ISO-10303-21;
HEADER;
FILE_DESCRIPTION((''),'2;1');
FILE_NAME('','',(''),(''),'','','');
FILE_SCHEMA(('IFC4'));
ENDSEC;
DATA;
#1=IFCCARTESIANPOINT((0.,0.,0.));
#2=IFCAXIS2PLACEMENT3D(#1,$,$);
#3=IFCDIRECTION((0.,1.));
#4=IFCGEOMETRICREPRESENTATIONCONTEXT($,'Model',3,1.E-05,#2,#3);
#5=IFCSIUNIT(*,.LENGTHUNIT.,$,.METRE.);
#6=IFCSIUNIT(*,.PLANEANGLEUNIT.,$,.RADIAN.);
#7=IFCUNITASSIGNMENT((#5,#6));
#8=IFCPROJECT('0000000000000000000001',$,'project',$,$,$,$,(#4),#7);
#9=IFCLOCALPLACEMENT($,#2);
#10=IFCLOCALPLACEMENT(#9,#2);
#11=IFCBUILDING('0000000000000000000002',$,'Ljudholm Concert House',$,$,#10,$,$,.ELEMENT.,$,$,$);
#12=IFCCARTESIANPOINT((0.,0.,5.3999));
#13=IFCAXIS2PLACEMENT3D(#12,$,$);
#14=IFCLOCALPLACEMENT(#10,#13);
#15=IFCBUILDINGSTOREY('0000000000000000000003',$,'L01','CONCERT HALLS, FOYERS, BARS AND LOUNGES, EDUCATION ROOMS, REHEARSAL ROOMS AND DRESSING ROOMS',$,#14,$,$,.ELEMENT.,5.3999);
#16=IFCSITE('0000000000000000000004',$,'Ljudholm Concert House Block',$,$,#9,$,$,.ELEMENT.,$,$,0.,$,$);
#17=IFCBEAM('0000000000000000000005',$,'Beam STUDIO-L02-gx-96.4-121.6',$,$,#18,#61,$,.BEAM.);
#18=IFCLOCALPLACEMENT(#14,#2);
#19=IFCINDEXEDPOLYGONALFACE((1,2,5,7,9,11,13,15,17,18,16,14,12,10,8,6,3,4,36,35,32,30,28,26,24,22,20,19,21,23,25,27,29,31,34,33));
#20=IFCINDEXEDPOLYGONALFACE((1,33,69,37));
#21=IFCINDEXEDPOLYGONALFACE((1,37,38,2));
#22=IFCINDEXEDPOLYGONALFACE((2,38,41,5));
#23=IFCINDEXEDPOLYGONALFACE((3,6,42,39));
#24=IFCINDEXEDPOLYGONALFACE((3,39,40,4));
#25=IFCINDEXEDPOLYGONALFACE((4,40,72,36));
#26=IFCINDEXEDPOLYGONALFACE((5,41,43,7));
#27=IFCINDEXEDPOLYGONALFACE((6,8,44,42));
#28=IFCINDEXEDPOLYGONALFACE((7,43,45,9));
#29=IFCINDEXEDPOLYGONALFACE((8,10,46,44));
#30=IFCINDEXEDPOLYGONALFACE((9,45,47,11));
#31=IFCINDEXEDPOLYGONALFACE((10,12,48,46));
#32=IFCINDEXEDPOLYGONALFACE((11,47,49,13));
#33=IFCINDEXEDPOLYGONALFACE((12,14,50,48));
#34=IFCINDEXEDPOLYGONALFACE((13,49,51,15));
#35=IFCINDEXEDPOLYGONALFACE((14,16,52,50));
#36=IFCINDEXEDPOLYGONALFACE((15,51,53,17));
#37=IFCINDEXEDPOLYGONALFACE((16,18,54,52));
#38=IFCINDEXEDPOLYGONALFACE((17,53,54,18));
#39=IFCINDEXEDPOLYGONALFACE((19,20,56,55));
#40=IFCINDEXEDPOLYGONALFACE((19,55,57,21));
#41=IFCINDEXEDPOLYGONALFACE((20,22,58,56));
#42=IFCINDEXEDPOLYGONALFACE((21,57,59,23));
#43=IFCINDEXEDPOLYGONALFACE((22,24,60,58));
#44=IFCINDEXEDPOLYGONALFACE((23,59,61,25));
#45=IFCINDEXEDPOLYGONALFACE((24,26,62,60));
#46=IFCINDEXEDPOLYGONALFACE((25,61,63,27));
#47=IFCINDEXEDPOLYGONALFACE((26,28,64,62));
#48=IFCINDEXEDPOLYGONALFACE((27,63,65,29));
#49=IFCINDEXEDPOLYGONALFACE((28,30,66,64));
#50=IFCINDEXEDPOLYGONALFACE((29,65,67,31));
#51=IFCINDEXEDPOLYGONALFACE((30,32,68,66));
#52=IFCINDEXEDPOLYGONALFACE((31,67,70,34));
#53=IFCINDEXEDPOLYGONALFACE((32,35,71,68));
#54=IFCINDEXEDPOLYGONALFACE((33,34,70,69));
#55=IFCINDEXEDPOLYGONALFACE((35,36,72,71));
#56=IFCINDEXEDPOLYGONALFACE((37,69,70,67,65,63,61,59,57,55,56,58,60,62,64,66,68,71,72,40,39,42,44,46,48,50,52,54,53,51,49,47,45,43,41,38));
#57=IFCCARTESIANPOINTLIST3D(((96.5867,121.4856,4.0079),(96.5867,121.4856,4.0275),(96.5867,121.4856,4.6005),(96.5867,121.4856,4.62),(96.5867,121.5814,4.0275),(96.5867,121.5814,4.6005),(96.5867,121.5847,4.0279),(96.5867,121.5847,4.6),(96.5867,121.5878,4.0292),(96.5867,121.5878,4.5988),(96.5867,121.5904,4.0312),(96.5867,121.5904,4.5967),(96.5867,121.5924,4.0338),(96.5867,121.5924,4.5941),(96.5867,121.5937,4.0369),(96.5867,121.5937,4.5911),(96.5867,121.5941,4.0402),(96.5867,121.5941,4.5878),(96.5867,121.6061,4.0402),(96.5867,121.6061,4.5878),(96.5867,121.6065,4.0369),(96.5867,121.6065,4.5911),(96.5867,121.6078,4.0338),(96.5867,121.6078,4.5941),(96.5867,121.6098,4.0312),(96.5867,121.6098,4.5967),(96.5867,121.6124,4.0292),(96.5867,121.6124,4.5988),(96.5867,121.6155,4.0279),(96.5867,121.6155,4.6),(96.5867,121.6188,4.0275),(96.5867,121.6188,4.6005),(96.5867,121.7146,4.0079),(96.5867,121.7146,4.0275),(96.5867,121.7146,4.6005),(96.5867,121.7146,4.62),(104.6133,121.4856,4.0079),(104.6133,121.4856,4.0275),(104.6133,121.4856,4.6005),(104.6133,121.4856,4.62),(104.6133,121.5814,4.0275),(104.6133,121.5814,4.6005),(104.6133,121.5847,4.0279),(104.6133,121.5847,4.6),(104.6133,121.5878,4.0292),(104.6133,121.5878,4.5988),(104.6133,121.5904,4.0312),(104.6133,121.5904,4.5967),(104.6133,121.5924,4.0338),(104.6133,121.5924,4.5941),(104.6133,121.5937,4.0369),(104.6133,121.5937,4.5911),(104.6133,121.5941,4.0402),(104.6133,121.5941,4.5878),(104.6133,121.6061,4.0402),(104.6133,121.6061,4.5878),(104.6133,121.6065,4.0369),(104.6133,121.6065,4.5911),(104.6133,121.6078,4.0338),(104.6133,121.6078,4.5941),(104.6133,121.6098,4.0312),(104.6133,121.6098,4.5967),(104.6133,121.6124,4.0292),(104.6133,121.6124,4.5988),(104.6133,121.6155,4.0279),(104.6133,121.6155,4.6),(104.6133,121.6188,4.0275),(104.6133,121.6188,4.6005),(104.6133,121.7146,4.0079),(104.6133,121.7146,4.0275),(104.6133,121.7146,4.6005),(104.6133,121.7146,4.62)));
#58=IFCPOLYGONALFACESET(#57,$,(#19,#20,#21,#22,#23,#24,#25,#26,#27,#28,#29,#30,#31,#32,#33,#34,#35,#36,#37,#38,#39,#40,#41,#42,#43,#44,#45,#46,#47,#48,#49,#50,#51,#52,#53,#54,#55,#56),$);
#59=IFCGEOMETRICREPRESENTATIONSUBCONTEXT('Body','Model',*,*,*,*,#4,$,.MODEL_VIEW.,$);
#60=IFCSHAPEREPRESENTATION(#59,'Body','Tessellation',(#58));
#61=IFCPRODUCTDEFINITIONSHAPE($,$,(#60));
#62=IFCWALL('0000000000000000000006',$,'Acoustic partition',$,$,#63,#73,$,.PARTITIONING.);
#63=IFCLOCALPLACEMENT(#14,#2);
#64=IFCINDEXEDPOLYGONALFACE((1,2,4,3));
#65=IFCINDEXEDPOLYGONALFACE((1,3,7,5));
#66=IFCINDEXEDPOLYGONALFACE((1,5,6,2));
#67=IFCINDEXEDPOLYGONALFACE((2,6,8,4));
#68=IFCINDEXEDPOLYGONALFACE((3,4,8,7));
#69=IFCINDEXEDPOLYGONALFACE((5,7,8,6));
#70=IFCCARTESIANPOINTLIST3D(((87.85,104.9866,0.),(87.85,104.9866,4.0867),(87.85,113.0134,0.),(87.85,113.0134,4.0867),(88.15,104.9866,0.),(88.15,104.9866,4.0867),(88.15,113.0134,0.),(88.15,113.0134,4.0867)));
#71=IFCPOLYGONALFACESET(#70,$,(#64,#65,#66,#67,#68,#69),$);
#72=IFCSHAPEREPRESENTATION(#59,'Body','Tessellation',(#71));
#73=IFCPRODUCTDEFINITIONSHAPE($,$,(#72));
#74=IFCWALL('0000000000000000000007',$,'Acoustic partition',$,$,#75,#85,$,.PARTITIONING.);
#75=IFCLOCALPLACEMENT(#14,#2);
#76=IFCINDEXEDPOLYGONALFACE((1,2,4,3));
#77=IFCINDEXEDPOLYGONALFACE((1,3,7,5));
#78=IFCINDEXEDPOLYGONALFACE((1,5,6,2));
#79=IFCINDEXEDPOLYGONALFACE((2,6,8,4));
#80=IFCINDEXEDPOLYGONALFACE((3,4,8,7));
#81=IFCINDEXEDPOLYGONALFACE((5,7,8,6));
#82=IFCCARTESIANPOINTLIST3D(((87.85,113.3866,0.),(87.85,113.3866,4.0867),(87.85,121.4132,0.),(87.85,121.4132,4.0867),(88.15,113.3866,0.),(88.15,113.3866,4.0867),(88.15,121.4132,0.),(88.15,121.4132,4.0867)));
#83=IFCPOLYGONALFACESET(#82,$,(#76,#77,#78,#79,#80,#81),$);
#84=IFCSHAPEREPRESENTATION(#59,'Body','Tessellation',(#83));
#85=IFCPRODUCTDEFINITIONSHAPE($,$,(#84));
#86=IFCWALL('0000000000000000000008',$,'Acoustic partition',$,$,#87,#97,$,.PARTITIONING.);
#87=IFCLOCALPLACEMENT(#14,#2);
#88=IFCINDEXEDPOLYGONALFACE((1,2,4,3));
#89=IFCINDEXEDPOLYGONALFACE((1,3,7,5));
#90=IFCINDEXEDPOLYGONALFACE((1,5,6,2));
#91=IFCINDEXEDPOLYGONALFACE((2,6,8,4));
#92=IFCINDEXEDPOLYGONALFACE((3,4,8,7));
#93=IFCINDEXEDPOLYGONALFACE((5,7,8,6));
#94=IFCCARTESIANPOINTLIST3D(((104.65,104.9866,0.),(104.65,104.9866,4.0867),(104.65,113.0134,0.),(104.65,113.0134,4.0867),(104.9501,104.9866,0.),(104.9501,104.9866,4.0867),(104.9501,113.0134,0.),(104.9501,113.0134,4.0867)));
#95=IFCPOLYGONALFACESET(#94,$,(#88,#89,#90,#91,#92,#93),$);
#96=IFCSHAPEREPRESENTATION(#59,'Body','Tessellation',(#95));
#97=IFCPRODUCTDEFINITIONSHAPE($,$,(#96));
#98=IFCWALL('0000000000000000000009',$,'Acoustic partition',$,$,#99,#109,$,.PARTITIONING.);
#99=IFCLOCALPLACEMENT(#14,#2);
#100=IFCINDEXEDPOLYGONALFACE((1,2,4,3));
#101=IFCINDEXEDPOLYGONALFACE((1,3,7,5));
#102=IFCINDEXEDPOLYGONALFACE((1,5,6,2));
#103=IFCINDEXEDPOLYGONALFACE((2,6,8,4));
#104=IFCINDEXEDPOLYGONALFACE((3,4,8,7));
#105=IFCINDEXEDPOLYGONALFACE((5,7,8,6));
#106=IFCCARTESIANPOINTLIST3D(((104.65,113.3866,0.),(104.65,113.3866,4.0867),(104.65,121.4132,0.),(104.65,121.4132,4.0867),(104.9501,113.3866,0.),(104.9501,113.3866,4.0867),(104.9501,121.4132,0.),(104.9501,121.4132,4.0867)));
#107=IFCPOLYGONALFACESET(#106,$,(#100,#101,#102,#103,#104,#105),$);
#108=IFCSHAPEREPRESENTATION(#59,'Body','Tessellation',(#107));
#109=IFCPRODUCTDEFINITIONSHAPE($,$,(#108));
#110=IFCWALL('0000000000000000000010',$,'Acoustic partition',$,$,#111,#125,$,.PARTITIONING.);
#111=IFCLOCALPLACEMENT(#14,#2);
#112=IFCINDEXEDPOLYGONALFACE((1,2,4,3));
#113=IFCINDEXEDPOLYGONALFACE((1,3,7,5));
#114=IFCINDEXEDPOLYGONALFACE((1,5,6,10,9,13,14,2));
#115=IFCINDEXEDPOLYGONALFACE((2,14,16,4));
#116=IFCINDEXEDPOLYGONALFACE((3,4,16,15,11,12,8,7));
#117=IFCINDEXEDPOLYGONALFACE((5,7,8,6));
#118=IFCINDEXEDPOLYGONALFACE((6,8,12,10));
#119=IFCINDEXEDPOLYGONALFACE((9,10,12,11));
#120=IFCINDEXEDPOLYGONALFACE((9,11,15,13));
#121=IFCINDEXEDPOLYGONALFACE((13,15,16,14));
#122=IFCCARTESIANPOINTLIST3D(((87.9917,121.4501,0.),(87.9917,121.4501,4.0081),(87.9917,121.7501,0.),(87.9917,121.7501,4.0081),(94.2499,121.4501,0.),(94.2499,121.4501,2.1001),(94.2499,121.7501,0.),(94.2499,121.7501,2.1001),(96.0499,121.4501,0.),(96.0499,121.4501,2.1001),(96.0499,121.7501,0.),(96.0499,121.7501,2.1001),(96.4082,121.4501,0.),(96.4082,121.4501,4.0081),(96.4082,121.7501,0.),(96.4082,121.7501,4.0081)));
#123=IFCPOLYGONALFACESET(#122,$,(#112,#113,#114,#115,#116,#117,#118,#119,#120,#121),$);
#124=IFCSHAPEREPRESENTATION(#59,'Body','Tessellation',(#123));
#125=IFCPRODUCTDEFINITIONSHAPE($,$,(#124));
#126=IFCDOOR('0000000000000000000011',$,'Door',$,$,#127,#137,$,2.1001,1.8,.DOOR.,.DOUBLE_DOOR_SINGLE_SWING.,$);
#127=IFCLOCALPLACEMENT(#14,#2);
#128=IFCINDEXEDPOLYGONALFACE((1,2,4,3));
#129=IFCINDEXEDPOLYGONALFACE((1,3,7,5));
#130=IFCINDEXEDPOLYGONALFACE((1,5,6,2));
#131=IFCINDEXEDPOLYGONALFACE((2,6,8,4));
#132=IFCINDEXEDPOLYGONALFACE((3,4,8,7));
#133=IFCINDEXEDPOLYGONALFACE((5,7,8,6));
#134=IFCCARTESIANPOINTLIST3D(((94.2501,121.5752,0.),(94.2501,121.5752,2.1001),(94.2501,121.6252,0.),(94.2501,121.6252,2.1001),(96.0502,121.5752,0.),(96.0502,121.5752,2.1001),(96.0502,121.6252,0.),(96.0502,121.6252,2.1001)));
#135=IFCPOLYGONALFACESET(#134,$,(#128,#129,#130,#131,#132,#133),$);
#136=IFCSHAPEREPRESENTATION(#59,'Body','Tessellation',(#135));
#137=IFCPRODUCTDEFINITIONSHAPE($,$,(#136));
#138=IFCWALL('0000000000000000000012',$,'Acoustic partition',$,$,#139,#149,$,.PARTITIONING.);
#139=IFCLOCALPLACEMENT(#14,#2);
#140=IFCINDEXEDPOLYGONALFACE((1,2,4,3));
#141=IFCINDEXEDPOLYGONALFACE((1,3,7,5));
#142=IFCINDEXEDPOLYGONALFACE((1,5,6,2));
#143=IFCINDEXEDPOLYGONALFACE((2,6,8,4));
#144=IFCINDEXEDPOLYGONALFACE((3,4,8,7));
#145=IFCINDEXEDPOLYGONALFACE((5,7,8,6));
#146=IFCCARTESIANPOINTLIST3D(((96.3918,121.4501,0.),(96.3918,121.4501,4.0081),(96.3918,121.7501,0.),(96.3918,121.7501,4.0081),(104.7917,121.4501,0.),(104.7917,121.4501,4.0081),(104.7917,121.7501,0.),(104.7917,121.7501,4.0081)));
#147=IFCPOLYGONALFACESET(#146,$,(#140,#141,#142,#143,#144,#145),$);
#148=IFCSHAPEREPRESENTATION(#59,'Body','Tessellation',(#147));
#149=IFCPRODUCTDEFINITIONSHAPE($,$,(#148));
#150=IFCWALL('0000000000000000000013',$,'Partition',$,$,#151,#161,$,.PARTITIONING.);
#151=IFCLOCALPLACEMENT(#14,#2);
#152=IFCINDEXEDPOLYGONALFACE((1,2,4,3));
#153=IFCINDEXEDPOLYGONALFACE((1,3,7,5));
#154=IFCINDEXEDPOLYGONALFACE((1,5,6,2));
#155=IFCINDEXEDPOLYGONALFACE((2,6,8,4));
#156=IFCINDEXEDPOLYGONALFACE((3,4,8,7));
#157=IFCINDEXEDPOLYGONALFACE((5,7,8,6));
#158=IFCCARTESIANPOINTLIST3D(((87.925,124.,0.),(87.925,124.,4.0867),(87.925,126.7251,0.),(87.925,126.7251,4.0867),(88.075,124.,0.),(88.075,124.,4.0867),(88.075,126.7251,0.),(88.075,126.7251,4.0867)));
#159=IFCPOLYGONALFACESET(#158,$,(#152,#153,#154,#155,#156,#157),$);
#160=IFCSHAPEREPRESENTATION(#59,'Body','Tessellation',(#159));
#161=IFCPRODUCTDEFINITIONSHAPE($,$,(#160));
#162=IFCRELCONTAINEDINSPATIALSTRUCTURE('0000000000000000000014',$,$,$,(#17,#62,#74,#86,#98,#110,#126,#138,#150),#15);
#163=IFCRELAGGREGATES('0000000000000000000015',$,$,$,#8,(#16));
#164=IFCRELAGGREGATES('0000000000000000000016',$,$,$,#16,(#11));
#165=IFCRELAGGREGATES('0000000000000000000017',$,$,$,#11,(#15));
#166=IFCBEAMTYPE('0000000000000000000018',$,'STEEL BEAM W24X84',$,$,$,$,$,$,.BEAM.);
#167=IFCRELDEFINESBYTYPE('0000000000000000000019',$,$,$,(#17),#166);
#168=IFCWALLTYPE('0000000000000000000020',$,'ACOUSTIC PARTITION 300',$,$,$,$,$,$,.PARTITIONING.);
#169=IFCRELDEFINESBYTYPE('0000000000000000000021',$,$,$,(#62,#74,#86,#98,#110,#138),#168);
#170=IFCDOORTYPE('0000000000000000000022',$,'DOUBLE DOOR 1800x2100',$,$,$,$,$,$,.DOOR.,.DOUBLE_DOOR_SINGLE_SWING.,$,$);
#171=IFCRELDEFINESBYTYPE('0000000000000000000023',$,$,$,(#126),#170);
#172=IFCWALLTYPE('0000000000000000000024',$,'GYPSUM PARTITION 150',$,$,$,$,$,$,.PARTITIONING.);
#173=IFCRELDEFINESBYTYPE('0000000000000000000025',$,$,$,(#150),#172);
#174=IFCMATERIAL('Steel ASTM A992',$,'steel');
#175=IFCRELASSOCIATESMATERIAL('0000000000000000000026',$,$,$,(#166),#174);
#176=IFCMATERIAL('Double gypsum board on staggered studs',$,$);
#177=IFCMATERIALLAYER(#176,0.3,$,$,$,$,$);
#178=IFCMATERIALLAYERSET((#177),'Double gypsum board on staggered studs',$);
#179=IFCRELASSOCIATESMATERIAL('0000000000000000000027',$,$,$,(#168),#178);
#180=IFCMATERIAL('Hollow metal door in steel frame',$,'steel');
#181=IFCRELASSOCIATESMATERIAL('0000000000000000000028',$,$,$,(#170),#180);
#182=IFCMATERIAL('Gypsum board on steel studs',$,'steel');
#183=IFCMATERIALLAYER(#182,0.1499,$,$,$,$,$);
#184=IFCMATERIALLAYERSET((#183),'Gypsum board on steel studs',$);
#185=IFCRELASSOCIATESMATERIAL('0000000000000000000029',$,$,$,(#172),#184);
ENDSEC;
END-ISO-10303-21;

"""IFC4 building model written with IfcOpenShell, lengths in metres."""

from ifc_helpers import new_model, si_unit, direction, frame, frame_2d, origin, origin_2d, place, context, subcontext, project, spatial, rectangle, i_section, extrude, material, layer, layer_set, material_profile, profile_set, type_object, element, fill, save


model = new_model("IFC4")

# Units and contexts
model_context = context("Model", 3, precision=1e-05, world=origin(), true_north=direction((0.0, 1.0)))
body_context = subcontext(model_context, "Body", "Model", "MODEL_VIEW")
ifc_project = project(units=[si_unit("LENGTHUNIT", "METRE"), si_unit("PLANEANGLEUNIT", "RADIAN")], contexts=[model_context])

# Site, building, storey
site_placement = place(None, origin())
site = spatial("IfcSite", under=ifc_project, at=site_placement, Name="Ljudholm Concert House Block", CompositionType="ELEMENT", RefElevation=0.0)
building_placement = place(site_placement, origin())
building = spatial("IfcBuilding", under=site, at=building_placement, Name="Ljudholm Concert House", CompositionType="ELEMENT")
storey_placement = place(building_placement, frame((0.0, 0.0, 5.3999)))
storey = spatial("IfcBuildingStorey", under=building, at=storey_placement, Name="L01", Description="CONCERT HALLS, FOYERS, BARS AND LOUNGES, EDUCATION ROOMS, REHEARSAL ROOMS AND DRESSING ROOMS", CompositionType="ELEMENT", Elevation=5.3999)

# Beam
ifc_material_1 = material(Name="Steel ASTM A992", Category="steel")
ifc_material_profile_1 = material_profile(ifc_material_1, i_section(OverallWidth=0.229, OverallDepth=0.6121, WebThickness=0.012, FlangeThickness=0.0195, FilletRadius=0.0127, at=origin_2d()), Name="W24X84")
ifc_profile_set_1 = profile_set([ifc_material_profile_1], Name="Steel ASTM A992")
beam_type_1 = type_object("IfcBeamType", Name="STEEL BEAM W24X84", PredefinedType="BEAM", material=ifc_profile_set_1)
for number, where, z_axis, x_axis, name in (
    (1, (96.5867, 121.6001, 4.314), (1.0, 0.0, 0.0), (0.0, 1.0, 0.0), "Beam STUDIO-L02-gx-96.4-121.6"),
):
    element("IfcBeam", number, at=place(storey_placement, frame(where, z_axis=z_axis, x_axis=x_axis)), inside=storey, type_object=beam_type_1, Name=name, PredefinedType="BEAM", context=body_context, shape_type="SweptSolid", body=[
        extrude(i_section(OverallWidth=0.229, OverallDepth=0.6121, WebThickness=0.012, FlangeThickness=0.0195, FilletRadius=0.0127, at=origin_2d()), origin(), (0.0, 0.0, 1.0), 8.0266),
    ])

# Walls
ifc_material_2 = material(Name="Double gypsum board on staggered studs")
ifc_layer_1 = layer(ifc_material_2, 0.3)
ifc_layer_set_1 = layer_set([ifc_layer_1], Name="Double gypsum board on staggered studs")
wall_type_1 = type_object("IfcWallType", Name="ACOUSTIC PARTITION 300", PredefinedType="PARTITIONING", material=ifc_layer_set_1)
wall_1_placement = place(storey_placement, frame((88.0, 104.9866, 0.0), z_axis=(0.0, 0.0, 1.0), x_axis=(0.0, 1.0, 0.0)))
element("IfcWall", 2, at=wall_1_placement, inside=storey, type_object=wall_type_1, Name="Acoustic partition", PredefinedType="PARTITIONING", context=body_context, shape_type="SweptSolid", body=[
    extrude(rectangle(XDim=8.0269, YDim=0.3, at=frame_2d((4.0134, 0.0))), origin(), (0.0, 0.0, 1.0), 4.0867),
])
wall_2_placement = place(storey_placement, frame((88.0, 113.3867, 0.0), z_axis=(0.0, 0.0, 1.0), x_axis=(0.0, 1.0, 0.0)))
element("IfcWall", 3, at=wall_2_placement, inside=storey, type_object=wall_type_1, Name="Acoustic partition", PredefinedType="PARTITIONING", context=body_context, shape_type="SweptSolid", body=[
    extrude(rectangle(XDim=8.0266, YDim=0.3, at=frame_2d((4.0132, 0.0))), origin(), (0.0, 0.0, 1.0), 4.0867),
])
wall_3_placement = place(storey_placement, frame((104.8, 104.9866, 0.0), z_axis=(0.0, 0.0, 1.0), x_axis=(0.0, 1.0, 0.0)))
element("IfcWall", 4, at=wall_3_placement, inside=storey, type_object=wall_type_1, Name="Acoustic partition", PredefinedType="PARTITIONING", context=body_context, shape_type="SweptSolid", body=[
    extrude(rectangle(XDim=8.0269, YDim=0.3, at=frame_2d((4.0134, 0.0))), origin(), (0.0, 0.0, 1.0), 4.0867),
])
wall_4_placement = place(storey_placement, frame((104.8, 113.3867, 0.0), z_axis=(0.0, 0.0, 1.0), x_axis=(0.0, 1.0, 0.0)))
element("IfcWall", 5, at=wall_4_placement, inside=storey, type_object=wall_type_1, Name="Acoustic partition", PredefinedType="PARTITIONING", context=body_context, shape_type="SweptSolid", body=[
    extrude(rectangle(XDim=8.0266, YDim=0.3, at=frame_2d((4.0132, 0.0))), origin(), (0.0, 0.0, 1.0), 4.0867),
])

# Wall, opening, door
wall_5_placement = place(storey_placement, frame((87.9917, 121.6001, 0.0), z_axis=(0.0, 0.0, 1.0), x_axis=(1.0, 0.0, 0.0)))
wall_5 = element("IfcWall", 6, at=wall_5_placement, inside=storey, type_object=wall_type_1, Name="Acoustic partition", PredefinedType="PARTITIONING", context=body_context, shape_type="SweptSolid", body=[
    extrude(rectangle(XDim=8.4165, YDim=0.3, at=frame_2d((4.2083, 0.0))), origin(), (0.0, 0.0, 1.0), 4.0081),
])
opening_1_placement = place(wall_5_placement, frame((6.2583, 0.0, 0.0)))
opening_1 = element("IfcOpeningElement", 7, at=opening_1_placement, cuts=wall_5, PredefinedType="OPENING", context=body_context, shape_type="SweptSolid", body=[
    extrude(rectangle(XDim=1.8, YDim=2.1001, at=frame_2d((0.8999, 1.05))), frame((0.0, 0.1599, 0.0), z_axis=(0.0, -1.0, 0.0), x_axis=(1.0, 0.0, 0.0)), (0.0, 0.0, 1.0), 0.3201),
])
ifc_material_3 = material(Name="Hollow metal door in steel frame", Category="steel")
door_type_1 = type_object("IfcDoorType", Name="DOUBLE DOOR 1800x2100", OperationType="DOUBLE_DOOR_SINGLE_SWING", PredefinedType="DOOR", material=ifc_material_3)
door_1_placement = place(opening_1_placement, frame((1.8, 0.0, 0.0), z_axis=(0.0, 0.0, 1.0), x_axis=(-1.0, 0.0, 0.0)))
door_1 = element("IfcDoor", 8, at=door_1_placement, inside=storey, type_object=door_type_1, Name="Door", OperationType="DOUBLE_DOOR_SINGLE_SWING", OverallHeight=2.1001, OverallWidth=1.8, PredefinedType="DOOR", context=body_context, shape_type="SweptSolid", body=[
    extrude(rectangle(XDim=1.8, YDim=2.1001, at=frame_2d((0.8999, 1.05))), frame((0.0, 0.0249, 0.0), z_axis=(0.0, -1.0, 0.0), x_axis=(1.0, 0.0, 0.0)), (0.0, 0.0, 1.0), 0.05),
])
fill(opening_1, door_1)

# Walls
wall_6_placement = place(storey_placement, frame((96.3918, 121.6001, 0.0), z_axis=(0.0, 0.0, 1.0), x_axis=(1.0, 0.0, 0.0)))
element("IfcWall", 9, at=wall_6_placement, inside=storey, type_object=wall_type_1, Name="Acoustic partition", PredefinedType="PARTITIONING", context=body_context, shape_type="SweptSolid", body=[
    extrude(rectangle(XDim=8.3999, YDim=0.3, at=frame_2d((4.2, 0.0))), origin(), (0.0, 0.0, 1.0), 4.0081),
])
ifc_material_4 = material(Name="Gypsum board on steel studs", Category="steel")
ifc_layer_2 = layer(ifc_material_4, 0.1499)
ifc_layer_set_2 = layer_set([ifc_layer_2], Name="Gypsum board on steel studs")
wall_type_2 = type_object("IfcWallType", Name="GYPSUM PARTITION 150", PredefinedType="PARTITIONING", material=ifc_layer_set_2)
wall_7_placement = place(storey_placement, frame((88.0, 124.0, 0.0), z_axis=(0.0, 0.0, 1.0), x_axis=(0.0, 1.0, 0.0)))
element("IfcWall", 10, at=wall_7_placement, inside=storey, type_object=wall_type_2, Name="Partition", PredefinedType="PARTITIONING", context=body_context, shape_type="SweptSolid", body=[
    extrude(rectangle(XDim=2.7251, YDim=0.1499, at=frame_2d((1.3625, 0.0))), origin(), (0.0, 0.0, 1.0), 4.0867),
])

save(model, "model.ifc")
